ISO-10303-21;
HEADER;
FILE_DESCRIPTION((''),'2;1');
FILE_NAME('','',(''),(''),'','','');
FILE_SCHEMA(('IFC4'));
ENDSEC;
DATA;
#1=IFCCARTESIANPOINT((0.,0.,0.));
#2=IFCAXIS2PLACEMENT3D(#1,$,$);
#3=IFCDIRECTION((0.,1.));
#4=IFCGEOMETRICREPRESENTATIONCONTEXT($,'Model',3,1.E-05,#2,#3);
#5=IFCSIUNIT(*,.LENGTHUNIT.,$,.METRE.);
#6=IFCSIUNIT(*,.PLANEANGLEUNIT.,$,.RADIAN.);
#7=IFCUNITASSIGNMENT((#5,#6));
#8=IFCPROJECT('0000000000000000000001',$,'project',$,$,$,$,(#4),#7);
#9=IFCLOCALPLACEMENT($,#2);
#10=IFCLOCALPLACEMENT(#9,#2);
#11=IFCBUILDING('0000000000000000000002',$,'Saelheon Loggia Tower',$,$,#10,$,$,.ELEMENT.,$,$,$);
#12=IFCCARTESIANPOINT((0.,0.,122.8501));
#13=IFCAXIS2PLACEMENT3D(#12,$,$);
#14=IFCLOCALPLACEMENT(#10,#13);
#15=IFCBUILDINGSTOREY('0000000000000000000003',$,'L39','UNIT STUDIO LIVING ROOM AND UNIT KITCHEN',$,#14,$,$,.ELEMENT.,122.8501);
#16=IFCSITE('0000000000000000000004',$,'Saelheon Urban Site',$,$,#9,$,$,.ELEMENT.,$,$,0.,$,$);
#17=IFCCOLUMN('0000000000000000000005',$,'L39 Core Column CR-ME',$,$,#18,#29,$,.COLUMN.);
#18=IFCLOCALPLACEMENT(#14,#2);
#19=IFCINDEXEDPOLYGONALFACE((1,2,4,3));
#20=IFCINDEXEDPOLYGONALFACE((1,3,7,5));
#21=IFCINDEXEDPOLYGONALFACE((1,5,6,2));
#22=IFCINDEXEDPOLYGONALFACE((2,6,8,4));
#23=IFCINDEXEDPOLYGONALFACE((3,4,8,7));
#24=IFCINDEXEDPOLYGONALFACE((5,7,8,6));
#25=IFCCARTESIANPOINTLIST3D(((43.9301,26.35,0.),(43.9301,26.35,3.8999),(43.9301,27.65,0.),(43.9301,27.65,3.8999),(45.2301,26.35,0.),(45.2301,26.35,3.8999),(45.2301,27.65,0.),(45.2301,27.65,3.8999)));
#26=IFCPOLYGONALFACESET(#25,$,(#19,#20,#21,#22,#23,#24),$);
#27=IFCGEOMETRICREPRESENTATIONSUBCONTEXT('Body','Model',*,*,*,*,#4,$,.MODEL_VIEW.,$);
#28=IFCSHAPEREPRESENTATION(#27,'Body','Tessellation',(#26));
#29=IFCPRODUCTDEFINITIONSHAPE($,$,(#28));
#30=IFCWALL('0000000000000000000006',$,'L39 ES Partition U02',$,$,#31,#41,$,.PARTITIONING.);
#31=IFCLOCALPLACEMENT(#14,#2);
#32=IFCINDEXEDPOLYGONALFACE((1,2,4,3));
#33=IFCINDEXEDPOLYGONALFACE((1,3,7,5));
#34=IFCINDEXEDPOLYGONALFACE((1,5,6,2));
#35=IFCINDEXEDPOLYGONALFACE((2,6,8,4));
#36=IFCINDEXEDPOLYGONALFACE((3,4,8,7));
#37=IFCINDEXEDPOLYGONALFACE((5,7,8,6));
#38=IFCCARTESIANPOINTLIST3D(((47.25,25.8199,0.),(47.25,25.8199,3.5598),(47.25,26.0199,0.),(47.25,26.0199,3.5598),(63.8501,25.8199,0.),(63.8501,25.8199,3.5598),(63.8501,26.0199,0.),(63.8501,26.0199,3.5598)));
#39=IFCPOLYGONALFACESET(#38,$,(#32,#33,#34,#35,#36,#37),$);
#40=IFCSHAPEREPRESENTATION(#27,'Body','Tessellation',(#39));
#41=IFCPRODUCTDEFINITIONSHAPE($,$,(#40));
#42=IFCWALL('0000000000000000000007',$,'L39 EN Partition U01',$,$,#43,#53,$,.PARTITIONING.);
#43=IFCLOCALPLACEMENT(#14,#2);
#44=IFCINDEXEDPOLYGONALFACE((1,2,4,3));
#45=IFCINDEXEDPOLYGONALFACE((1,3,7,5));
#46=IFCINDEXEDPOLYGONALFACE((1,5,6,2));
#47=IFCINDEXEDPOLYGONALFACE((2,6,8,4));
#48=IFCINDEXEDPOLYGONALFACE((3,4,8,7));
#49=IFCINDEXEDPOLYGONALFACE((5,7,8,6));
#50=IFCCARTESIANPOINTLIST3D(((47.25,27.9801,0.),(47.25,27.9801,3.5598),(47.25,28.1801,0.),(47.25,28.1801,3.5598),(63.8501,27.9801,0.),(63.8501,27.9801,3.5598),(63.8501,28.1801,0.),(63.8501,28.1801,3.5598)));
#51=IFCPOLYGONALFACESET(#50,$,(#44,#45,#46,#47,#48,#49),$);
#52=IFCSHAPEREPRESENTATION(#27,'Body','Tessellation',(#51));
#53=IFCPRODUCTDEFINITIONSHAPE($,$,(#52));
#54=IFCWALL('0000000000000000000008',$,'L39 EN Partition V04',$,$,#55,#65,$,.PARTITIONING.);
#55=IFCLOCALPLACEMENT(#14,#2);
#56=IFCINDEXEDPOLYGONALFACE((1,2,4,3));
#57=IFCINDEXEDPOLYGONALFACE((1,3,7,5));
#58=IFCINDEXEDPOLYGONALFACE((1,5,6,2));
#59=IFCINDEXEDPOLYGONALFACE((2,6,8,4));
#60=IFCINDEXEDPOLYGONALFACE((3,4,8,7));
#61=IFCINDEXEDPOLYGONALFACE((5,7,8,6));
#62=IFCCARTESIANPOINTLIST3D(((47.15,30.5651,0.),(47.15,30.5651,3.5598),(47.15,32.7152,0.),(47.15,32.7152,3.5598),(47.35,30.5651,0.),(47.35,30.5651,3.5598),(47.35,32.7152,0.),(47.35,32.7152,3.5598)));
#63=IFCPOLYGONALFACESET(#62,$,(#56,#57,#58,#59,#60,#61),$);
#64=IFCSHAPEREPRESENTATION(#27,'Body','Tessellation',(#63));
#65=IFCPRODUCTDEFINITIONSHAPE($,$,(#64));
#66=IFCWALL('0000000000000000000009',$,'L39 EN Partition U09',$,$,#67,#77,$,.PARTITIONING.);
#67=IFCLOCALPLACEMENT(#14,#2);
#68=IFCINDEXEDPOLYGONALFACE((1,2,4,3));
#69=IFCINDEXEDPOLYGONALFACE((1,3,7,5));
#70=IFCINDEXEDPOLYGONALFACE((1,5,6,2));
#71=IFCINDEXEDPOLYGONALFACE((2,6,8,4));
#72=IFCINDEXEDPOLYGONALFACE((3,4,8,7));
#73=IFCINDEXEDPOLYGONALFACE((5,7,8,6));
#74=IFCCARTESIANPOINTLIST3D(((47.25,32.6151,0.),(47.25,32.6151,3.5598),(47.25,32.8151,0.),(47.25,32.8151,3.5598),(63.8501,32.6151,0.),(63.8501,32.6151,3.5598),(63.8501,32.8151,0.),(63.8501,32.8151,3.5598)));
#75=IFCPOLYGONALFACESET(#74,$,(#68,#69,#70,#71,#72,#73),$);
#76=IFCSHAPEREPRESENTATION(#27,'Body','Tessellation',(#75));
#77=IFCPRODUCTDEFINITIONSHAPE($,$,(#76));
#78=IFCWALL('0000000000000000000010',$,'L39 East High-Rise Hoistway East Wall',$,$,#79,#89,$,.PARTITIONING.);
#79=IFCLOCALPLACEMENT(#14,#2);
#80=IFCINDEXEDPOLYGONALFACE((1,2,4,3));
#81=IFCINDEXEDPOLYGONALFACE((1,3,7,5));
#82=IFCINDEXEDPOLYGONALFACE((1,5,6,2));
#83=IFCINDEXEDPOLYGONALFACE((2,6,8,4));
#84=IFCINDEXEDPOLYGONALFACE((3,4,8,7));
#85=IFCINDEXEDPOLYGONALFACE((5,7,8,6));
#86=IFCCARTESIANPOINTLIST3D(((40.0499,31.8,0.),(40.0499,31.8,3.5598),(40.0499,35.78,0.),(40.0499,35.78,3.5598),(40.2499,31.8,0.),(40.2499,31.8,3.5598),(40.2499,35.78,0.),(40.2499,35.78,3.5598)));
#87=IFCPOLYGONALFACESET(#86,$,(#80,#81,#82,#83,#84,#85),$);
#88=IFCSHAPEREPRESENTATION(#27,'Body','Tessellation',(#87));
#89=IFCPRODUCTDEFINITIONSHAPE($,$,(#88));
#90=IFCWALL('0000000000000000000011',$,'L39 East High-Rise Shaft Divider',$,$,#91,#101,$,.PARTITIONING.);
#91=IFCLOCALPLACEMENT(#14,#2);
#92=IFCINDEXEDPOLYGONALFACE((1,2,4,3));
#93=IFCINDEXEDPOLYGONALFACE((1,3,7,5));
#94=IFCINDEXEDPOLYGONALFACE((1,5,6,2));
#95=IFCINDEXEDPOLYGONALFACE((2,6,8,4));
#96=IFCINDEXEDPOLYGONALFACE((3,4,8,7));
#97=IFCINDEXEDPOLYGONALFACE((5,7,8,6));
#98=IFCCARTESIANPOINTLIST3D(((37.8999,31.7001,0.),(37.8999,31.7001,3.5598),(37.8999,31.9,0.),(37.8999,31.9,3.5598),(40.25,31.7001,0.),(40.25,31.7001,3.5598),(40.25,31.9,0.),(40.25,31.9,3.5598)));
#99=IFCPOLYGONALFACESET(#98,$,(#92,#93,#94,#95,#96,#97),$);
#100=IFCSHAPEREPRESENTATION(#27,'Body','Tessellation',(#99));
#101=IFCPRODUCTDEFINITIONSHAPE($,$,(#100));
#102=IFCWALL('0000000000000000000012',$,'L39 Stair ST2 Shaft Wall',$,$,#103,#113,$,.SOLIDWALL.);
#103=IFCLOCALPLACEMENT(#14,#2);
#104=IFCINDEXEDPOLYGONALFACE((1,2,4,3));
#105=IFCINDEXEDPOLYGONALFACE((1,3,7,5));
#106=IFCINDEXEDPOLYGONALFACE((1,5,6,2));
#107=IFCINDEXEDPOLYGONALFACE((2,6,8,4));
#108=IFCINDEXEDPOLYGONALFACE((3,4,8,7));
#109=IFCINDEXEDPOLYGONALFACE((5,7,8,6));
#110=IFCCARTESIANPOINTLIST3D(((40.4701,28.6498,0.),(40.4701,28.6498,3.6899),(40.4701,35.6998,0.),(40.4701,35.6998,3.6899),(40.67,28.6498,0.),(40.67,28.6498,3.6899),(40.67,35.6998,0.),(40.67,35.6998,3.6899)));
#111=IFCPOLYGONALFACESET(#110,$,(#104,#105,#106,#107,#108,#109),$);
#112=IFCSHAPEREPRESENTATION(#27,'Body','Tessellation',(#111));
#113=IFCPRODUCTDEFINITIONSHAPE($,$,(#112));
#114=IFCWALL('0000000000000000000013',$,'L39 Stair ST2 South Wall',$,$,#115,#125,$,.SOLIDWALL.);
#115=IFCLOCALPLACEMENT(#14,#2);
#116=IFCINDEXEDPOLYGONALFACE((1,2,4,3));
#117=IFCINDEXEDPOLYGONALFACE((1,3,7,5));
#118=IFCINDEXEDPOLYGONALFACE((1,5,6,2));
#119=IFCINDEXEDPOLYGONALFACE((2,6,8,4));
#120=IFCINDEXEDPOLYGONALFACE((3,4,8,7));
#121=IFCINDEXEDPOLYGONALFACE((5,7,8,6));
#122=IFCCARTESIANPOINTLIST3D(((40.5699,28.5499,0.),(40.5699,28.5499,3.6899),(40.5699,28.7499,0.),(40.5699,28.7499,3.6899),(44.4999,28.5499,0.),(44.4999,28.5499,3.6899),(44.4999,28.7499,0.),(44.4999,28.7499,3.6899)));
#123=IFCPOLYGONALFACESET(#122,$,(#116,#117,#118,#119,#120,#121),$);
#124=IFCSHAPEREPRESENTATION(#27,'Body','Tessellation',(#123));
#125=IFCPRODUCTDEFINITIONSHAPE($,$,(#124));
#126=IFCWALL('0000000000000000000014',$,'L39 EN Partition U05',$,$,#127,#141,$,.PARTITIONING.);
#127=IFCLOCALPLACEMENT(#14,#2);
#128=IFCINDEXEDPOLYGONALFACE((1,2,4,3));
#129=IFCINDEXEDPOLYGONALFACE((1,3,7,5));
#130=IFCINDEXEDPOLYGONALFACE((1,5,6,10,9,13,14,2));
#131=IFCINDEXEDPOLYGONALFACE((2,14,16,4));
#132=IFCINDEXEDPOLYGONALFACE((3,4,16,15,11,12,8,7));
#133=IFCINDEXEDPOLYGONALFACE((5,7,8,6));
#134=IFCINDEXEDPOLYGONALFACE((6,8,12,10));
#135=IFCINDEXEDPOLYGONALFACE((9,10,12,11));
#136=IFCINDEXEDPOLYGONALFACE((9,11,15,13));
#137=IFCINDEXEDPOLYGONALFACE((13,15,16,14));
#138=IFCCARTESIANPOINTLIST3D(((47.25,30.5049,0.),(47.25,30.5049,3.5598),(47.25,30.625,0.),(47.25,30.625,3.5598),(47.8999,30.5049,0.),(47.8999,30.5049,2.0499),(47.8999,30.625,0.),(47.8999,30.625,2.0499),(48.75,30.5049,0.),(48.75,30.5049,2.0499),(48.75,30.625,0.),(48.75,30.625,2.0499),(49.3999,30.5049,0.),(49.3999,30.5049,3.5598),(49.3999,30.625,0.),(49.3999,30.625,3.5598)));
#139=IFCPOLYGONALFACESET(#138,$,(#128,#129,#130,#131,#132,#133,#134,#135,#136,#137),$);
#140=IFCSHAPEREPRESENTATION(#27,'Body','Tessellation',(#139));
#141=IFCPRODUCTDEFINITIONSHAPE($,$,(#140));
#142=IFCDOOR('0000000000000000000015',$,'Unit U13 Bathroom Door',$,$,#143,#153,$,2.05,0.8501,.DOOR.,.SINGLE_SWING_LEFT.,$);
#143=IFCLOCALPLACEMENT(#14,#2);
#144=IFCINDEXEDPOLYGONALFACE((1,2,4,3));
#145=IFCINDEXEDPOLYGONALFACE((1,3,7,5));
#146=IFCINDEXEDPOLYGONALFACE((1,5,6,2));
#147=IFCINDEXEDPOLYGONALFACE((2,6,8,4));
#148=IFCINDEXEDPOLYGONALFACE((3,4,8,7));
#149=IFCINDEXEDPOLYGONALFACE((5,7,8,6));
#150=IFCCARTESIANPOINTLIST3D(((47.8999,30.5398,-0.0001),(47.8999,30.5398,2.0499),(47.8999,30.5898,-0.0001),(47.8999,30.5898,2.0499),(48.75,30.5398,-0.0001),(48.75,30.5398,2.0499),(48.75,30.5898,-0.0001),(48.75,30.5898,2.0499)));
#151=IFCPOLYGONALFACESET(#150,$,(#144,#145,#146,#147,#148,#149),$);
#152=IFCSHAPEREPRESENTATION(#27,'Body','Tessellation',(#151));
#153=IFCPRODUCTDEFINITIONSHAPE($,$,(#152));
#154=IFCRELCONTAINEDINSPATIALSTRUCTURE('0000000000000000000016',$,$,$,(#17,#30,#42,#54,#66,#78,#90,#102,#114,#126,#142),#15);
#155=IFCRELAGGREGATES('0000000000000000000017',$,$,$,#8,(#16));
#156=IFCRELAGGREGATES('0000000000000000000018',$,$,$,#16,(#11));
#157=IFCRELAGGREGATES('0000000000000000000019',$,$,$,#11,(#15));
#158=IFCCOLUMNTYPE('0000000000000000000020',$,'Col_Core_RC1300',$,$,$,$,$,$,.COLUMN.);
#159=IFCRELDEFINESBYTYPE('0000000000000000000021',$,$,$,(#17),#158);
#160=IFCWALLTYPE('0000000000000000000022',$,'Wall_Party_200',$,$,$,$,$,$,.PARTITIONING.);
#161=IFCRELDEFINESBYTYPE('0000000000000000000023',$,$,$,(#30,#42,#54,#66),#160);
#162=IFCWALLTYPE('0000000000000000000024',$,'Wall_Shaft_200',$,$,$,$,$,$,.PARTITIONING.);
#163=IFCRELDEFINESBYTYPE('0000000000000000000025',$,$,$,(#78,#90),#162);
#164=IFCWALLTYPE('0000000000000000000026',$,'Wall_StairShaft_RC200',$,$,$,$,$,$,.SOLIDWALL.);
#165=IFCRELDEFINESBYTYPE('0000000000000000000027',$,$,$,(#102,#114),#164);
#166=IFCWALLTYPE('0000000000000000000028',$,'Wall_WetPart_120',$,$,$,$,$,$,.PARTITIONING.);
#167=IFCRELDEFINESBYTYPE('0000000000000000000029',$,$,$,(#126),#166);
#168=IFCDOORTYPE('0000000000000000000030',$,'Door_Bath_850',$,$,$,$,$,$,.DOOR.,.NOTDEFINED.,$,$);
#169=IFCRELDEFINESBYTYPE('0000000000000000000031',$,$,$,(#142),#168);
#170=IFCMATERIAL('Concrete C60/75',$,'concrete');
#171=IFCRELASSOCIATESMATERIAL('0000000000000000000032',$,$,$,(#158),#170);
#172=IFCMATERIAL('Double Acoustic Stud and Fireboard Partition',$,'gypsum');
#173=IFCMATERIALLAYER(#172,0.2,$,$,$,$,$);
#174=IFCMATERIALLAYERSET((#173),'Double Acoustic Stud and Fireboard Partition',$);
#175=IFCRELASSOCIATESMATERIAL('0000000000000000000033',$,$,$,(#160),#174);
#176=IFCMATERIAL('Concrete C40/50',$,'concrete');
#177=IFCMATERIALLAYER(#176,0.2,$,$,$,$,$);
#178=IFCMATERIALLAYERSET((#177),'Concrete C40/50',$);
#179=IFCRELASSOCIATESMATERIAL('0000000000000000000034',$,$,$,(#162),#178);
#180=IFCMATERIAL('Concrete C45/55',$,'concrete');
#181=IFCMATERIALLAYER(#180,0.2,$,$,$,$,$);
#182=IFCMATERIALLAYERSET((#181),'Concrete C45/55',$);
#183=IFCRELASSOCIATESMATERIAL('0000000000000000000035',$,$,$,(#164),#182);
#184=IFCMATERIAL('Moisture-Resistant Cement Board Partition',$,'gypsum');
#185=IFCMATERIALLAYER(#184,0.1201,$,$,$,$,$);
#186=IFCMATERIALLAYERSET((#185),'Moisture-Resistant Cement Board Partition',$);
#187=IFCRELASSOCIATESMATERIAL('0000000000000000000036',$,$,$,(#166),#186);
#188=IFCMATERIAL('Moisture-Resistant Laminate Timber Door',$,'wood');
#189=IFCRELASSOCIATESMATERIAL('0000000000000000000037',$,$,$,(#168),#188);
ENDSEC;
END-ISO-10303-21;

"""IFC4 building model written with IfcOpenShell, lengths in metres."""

from ifc_helpers import new_model, si_unit, direction, frame, frame_2d, origin, origin_2d, place, context, subcontext, project, spatial, rectangle, extrude, source, transform, mapped, material, layer, layer_set, material_profile, profile_set, type_object, element, fill, save


model = new_model("IFC4")

# Units and contexts
model_context = context("Model", 3, precision=1e-05, world=origin(), true_north=direction((0.0, 1.0)))
body_context = subcontext(model_context, "Body", "Model", "MODEL_VIEW")
ifc_project = project(units=[si_unit("LENGTHUNIT", "METRE"), si_unit("PLANEANGLEUNIT", "RADIAN")], contexts=[model_context])

# Site, building, storey
site_placement = place(None, origin())
site = spatial("IfcSite", under=ifc_project, at=site_placement, Name="Saelheon Urban Site", CompositionType="ELEMENT", RefElevation=0.0)
building_placement = place(site_placement, origin())
building = spatial("IfcBuilding", under=site, at=building_placement, Name="Saelheon Loggia Tower", CompositionType="ELEMENT")
storey_placement = place(building_placement, frame((0.0, 0.0, 122.8501)))
storey = spatial("IfcBuildingStorey", under=building, at=storey_placement, Name="L39", Description="UNIT STUDIO LIVING ROOM AND UNIT KITCHEN", CompositionType="ELEMENT", Elevation=122.8501)

# Column
ifc_material_1 = material(Name="Concrete C60/75", Category="concrete")
ifc_material_profile = material_profile(ifc_material_1, rectangle(XDim=1.3, YDim=1.3, at=origin_2d()), Name="RC-1300x1300")
ifc_profile_set = profile_set([ifc_material_profile], Name="Concrete C60/75")
column_type = type_object("IfcColumnType", Name="Col_Core_RC1300", PredefinedType="COLUMN", material=ifc_profile_set)
shared_shape_1 = source(origin(), body_context, "Body", "SweptSolid", [
    extrude(rectangle(XDim=1.3, YDim=1.3, at=origin_2d()), origin(), (0.0, 0.0, 1.0), 3.8999),
])
column_placement = place(storey_placement, frame((44.5801, 27.0, 0.0), z_axis=(0.0, 0.0, 1.0), x_axis=(1.0, 0.0, 0.0)))
element("IfcColumn", 1, at=column_placement, inside=storey, type_object=column_type, Name="L39 Core Column CR-ME", PredefinedType="COLUMN", context=body_context, shape_type="MappedRepresentation", body=[
    mapped(shared_shape_1, transform((0.0, 0.0, 0.0), scale=1.0)),
])

# Walls
ifc_material_2 = material(Name="Double Acoustic Stud and Fireboard Partition", Category="gypsum")
ifc_layer_1 = layer(ifc_material_2, 0.2)
ifc_layer_set_1 = layer_set([ifc_layer_1], Name="Double Acoustic Stud and Fireboard Partition")
wall_type_1 = type_object("IfcWallType", Name="Wall_Party_200", PredefinedType="PARTITIONING", material=ifc_layer_set_1)
for number, where, z_axis, x_axis, name in (
    (2, (47.25, 25.9199, 0.0), (0.0, 0.0, 1.0), (1.0, 0.0, 0.0), "L39 ES Partition U02"),
    (3, (47.25, 28.0801, 0.0), (0.0, 0.0, 1.0), (1.0, 0.0, 0.0), "L39 EN Partition U01"),
):
    element("IfcWall", number, at=place(storey_placement, frame(where, z_axis=z_axis, x_axis=x_axis)), inside=storey, type_object=wall_type_1, Name=name, PredefinedType="PARTITIONING", context=body_context, shape_type="SweptSolid", body=[
        extrude(rectangle(XDim=16.6001, YDim=0.2, at=frame_2d((8.3, 0.0))), origin(), (0.0, 0.0, 1.0), 3.5598),
    ])

# Walls
wall_1_placement = place(storey_placement, frame((47.25, 30.5649, 0.0), z_axis=(0.0, 0.0, 1.0), x_axis=(0.0, 1.0, 0.0)))
element("IfcWall", 4, at=wall_1_placement, inside=storey, type_object=wall_type_1, Name="L39 EN Partition V04", PredefinedType="PARTITIONING", context=body_context, shape_type="SweptSolid", body=[
    extrude(rectangle(XDim=2.1501, YDim=0.2, at=frame_2d((1.0752, 0.0))), origin(), (0.0, 0.0, 1.0), 3.5598),
])
wall_2_placement = place(storey_placement, frame((47.25, 32.7151, 0.0), z_axis=(0.0, 0.0, 1.0), x_axis=(1.0, 0.0, 0.0)))
element("IfcWall", 5, at=wall_2_placement, inside=storey, type_object=wall_type_1, Name="L39 EN Partition U09", PredefinedType="PARTITIONING", context=body_context, shape_type="SweptSolid", body=[
    extrude(rectangle(XDim=16.6001, YDim=0.2, at=frame_2d((8.3, 0.0))), origin(), (0.0, 0.0, 1.0), 3.5598),
])

# Walls
ifc_material_3 = material(Name="Concrete C40/50", Category="concrete")
ifc_layer_2 = layer(ifc_material_3, 0.2)
ifc_layer_set_2 = layer_set([ifc_layer_2], Name="Concrete C40/50")
wall_type_2 = type_object("IfcWallType", Name="Wall_Shaft_200", PredefinedType="PARTITIONING", material=ifc_layer_set_2)
wall_3_placement = place(storey_placement, frame((40.1499, 31.8, 0.0), z_axis=(0.0, 0.0, 1.0), x_axis=(0.0, 1.0, 0.0)))
element("IfcWall", 6, at=wall_3_placement, inside=storey, type_object=wall_type_2, Name="L39 East High-Rise Hoistway East Wall", PredefinedType="PARTITIONING", context=body_context, shape_type="SweptSolid", body=[
    extrude(rectangle(XDim=3.98, YDim=0.2, at=frame_2d((1.99, 0.0))), origin(), (0.0, 0.0, 1.0), 3.5598),
])
wall_4_placement = place(storey_placement, frame((37.8999, 31.8, 0.0), z_axis=(0.0, 0.0, 1.0), x_axis=(1.0, 0.0, 0.0)))
element("IfcWall", 7, at=wall_4_placement, inside=storey, type_object=wall_type_2, Name="L39 East High-Rise Shaft Divider", PredefinedType="PARTITIONING", context=body_context, shape_type="SweptSolid", body=[
    extrude(rectangle(XDim=2.3501, YDim=0.2, at=frame_2d((1.175, 0.0))), origin(), (0.0, 0.0, 1.0), 3.5598),
])
ifc_material_4 = material(Name="Concrete C45/55", Category="concrete")
ifc_layer_3 = layer(ifc_material_4, 0.2)
ifc_layer_set_3 = layer_set([ifc_layer_3], Name="Concrete C45/55")
wall_type_3 = type_object("IfcWallType", Name="Wall_StairShaft_RC200", PredefinedType="SOLIDWALL", material=ifc_layer_set_3)
wall_5_placement = place(storey_placement, frame((40.5701, 28.6499, 0.0), z_axis=(0.0, 0.0, 1.0), x_axis=(0.0, 1.0, 0.0)))
element("IfcWall", 8, at=wall_5_placement, inside=storey, type_object=wall_type_3, Name="L39 Stair ST2 Shaft Wall", PredefinedType="SOLIDWALL", context=body_context, shape_type="SweptSolid", body=[
    extrude(rectangle(XDim=7.05, YDim=0.2, at=frame_2d((3.5249, 0.0))), origin(), (0.0, 0.0, 1.0), 3.6899),
])
wall_6_placement = place(storey_placement, frame((40.5701, 28.6499, 0.0), z_axis=(0.0, 0.0, 1.0), x_axis=(1.0, 0.0, 0.0)))
element("IfcWall", 9, at=wall_6_placement, inside=storey, type_object=wall_type_3, Name="L39 Stair ST2 South Wall", PredefinedType="SOLIDWALL", context=body_context, shape_type="SweptSolid", body=[
    extrude(rectangle(XDim=3.9299, YDim=0.2, at=frame_2d((1.9648, 0.0))), origin(), (0.0, 0.0, 1.0), 3.6899),
])

# Wall, opening, door
ifc_material_5 = material(Name="Moisture-Resistant Cement Board Partition", Category="gypsum")
ifc_layer_4 = layer(ifc_material_5, 0.1201)
ifc_layer_set_4 = layer_set([ifc_layer_4], Name="Moisture-Resistant Cement Board Partition")
wall_type_4 = type_object("IfcWallType", Name="Wall_WetPart_120", PredefinedType="PARTITIONING", material=ifc_layer_set_4)
wall_7_placement = place(storey_placement, frame((47.25, 30.5649, 0.0), z_axis=(0.0, 0.0, 1.0), x_axis=(1.0, 0.0, 0.0)))
wall_7 = element("IfcWall", 10, at=wall_7_placement, inside=storey, type_object=wall_type_4, Name="L39 EN Partition U05", PredefinedType="PARTITIONING", context=body_context, shape_type="SweptSolid", body=[
    extrude(rectangle(XDim=2.1499, YDim=0.1201, at=frame_2d((1.075, 0.0))), origin(), (0.0, 0.0, 1.0), 3.5598),
])
opening_1_placement = place(wall_7_placement, frame((0.6499, 0.0, 0.0)))
opening_1 = element("IfcOpeningElement", 11, at=opening_1_placement, cuts=wall_7, PredefinedType="OPENING", context=body_context, shape_type="SweptSolid", body=[
    extrude(rectangle(XDim=0.8501, YDim=2.05, at=frame_2d((0.425, 1.0249))), frame((0.0, 0.072, 0.0), z_axis=(0.0, -1.0, 0.0), x_axis=(1.0, 0.0, 0.0)), (0.0, 0.0, 1.0), 0.144),
])
ifc_material_6 = material(Name="Moisture-Resistant Laminate Timber Door", Category="wood")
door_type_1 = type_object("IfcDoorType", Name="Door_Bath_850", OperationType="NOTDEFINED", PredefinedType="DOOR", material=ifc_material_6)
shared_shape_2 = source(origin(), body_context, "Body", "SweptSolid", [
    extrude(rectangle(XDim=0.8501, YDim=2.05, at=frame_2d((0.425, 1.0249))), frame((0.0, 0.0249, 0.0), z_axis=(0.0, -1.0, 0.0), x_axis=(1.0, 0.0, 0.0)), (0.0, 0.0, 1.0), 0.05),
])
door_1_placement = place(opening_1_placement, origin())
door_1 = element("IfcDoor", 12, at=door_1_placement, inside=storey, type_object=door_type_1, Name="Unit U13 Bathroom Door", OperationType="SINGLE_SWING_LEFT", OverallHeight=2.05, OverallWidth=0.8501, PredefinedType="DOOR", context=body_context, shape_type="MappedRepresentation", body=[
    mapped(shared_shape_2, transform((0.0, 0.0, 0.0), scale=1.0)),
])
fill(opening_1, door_1)

save(model, "model.ifc")
